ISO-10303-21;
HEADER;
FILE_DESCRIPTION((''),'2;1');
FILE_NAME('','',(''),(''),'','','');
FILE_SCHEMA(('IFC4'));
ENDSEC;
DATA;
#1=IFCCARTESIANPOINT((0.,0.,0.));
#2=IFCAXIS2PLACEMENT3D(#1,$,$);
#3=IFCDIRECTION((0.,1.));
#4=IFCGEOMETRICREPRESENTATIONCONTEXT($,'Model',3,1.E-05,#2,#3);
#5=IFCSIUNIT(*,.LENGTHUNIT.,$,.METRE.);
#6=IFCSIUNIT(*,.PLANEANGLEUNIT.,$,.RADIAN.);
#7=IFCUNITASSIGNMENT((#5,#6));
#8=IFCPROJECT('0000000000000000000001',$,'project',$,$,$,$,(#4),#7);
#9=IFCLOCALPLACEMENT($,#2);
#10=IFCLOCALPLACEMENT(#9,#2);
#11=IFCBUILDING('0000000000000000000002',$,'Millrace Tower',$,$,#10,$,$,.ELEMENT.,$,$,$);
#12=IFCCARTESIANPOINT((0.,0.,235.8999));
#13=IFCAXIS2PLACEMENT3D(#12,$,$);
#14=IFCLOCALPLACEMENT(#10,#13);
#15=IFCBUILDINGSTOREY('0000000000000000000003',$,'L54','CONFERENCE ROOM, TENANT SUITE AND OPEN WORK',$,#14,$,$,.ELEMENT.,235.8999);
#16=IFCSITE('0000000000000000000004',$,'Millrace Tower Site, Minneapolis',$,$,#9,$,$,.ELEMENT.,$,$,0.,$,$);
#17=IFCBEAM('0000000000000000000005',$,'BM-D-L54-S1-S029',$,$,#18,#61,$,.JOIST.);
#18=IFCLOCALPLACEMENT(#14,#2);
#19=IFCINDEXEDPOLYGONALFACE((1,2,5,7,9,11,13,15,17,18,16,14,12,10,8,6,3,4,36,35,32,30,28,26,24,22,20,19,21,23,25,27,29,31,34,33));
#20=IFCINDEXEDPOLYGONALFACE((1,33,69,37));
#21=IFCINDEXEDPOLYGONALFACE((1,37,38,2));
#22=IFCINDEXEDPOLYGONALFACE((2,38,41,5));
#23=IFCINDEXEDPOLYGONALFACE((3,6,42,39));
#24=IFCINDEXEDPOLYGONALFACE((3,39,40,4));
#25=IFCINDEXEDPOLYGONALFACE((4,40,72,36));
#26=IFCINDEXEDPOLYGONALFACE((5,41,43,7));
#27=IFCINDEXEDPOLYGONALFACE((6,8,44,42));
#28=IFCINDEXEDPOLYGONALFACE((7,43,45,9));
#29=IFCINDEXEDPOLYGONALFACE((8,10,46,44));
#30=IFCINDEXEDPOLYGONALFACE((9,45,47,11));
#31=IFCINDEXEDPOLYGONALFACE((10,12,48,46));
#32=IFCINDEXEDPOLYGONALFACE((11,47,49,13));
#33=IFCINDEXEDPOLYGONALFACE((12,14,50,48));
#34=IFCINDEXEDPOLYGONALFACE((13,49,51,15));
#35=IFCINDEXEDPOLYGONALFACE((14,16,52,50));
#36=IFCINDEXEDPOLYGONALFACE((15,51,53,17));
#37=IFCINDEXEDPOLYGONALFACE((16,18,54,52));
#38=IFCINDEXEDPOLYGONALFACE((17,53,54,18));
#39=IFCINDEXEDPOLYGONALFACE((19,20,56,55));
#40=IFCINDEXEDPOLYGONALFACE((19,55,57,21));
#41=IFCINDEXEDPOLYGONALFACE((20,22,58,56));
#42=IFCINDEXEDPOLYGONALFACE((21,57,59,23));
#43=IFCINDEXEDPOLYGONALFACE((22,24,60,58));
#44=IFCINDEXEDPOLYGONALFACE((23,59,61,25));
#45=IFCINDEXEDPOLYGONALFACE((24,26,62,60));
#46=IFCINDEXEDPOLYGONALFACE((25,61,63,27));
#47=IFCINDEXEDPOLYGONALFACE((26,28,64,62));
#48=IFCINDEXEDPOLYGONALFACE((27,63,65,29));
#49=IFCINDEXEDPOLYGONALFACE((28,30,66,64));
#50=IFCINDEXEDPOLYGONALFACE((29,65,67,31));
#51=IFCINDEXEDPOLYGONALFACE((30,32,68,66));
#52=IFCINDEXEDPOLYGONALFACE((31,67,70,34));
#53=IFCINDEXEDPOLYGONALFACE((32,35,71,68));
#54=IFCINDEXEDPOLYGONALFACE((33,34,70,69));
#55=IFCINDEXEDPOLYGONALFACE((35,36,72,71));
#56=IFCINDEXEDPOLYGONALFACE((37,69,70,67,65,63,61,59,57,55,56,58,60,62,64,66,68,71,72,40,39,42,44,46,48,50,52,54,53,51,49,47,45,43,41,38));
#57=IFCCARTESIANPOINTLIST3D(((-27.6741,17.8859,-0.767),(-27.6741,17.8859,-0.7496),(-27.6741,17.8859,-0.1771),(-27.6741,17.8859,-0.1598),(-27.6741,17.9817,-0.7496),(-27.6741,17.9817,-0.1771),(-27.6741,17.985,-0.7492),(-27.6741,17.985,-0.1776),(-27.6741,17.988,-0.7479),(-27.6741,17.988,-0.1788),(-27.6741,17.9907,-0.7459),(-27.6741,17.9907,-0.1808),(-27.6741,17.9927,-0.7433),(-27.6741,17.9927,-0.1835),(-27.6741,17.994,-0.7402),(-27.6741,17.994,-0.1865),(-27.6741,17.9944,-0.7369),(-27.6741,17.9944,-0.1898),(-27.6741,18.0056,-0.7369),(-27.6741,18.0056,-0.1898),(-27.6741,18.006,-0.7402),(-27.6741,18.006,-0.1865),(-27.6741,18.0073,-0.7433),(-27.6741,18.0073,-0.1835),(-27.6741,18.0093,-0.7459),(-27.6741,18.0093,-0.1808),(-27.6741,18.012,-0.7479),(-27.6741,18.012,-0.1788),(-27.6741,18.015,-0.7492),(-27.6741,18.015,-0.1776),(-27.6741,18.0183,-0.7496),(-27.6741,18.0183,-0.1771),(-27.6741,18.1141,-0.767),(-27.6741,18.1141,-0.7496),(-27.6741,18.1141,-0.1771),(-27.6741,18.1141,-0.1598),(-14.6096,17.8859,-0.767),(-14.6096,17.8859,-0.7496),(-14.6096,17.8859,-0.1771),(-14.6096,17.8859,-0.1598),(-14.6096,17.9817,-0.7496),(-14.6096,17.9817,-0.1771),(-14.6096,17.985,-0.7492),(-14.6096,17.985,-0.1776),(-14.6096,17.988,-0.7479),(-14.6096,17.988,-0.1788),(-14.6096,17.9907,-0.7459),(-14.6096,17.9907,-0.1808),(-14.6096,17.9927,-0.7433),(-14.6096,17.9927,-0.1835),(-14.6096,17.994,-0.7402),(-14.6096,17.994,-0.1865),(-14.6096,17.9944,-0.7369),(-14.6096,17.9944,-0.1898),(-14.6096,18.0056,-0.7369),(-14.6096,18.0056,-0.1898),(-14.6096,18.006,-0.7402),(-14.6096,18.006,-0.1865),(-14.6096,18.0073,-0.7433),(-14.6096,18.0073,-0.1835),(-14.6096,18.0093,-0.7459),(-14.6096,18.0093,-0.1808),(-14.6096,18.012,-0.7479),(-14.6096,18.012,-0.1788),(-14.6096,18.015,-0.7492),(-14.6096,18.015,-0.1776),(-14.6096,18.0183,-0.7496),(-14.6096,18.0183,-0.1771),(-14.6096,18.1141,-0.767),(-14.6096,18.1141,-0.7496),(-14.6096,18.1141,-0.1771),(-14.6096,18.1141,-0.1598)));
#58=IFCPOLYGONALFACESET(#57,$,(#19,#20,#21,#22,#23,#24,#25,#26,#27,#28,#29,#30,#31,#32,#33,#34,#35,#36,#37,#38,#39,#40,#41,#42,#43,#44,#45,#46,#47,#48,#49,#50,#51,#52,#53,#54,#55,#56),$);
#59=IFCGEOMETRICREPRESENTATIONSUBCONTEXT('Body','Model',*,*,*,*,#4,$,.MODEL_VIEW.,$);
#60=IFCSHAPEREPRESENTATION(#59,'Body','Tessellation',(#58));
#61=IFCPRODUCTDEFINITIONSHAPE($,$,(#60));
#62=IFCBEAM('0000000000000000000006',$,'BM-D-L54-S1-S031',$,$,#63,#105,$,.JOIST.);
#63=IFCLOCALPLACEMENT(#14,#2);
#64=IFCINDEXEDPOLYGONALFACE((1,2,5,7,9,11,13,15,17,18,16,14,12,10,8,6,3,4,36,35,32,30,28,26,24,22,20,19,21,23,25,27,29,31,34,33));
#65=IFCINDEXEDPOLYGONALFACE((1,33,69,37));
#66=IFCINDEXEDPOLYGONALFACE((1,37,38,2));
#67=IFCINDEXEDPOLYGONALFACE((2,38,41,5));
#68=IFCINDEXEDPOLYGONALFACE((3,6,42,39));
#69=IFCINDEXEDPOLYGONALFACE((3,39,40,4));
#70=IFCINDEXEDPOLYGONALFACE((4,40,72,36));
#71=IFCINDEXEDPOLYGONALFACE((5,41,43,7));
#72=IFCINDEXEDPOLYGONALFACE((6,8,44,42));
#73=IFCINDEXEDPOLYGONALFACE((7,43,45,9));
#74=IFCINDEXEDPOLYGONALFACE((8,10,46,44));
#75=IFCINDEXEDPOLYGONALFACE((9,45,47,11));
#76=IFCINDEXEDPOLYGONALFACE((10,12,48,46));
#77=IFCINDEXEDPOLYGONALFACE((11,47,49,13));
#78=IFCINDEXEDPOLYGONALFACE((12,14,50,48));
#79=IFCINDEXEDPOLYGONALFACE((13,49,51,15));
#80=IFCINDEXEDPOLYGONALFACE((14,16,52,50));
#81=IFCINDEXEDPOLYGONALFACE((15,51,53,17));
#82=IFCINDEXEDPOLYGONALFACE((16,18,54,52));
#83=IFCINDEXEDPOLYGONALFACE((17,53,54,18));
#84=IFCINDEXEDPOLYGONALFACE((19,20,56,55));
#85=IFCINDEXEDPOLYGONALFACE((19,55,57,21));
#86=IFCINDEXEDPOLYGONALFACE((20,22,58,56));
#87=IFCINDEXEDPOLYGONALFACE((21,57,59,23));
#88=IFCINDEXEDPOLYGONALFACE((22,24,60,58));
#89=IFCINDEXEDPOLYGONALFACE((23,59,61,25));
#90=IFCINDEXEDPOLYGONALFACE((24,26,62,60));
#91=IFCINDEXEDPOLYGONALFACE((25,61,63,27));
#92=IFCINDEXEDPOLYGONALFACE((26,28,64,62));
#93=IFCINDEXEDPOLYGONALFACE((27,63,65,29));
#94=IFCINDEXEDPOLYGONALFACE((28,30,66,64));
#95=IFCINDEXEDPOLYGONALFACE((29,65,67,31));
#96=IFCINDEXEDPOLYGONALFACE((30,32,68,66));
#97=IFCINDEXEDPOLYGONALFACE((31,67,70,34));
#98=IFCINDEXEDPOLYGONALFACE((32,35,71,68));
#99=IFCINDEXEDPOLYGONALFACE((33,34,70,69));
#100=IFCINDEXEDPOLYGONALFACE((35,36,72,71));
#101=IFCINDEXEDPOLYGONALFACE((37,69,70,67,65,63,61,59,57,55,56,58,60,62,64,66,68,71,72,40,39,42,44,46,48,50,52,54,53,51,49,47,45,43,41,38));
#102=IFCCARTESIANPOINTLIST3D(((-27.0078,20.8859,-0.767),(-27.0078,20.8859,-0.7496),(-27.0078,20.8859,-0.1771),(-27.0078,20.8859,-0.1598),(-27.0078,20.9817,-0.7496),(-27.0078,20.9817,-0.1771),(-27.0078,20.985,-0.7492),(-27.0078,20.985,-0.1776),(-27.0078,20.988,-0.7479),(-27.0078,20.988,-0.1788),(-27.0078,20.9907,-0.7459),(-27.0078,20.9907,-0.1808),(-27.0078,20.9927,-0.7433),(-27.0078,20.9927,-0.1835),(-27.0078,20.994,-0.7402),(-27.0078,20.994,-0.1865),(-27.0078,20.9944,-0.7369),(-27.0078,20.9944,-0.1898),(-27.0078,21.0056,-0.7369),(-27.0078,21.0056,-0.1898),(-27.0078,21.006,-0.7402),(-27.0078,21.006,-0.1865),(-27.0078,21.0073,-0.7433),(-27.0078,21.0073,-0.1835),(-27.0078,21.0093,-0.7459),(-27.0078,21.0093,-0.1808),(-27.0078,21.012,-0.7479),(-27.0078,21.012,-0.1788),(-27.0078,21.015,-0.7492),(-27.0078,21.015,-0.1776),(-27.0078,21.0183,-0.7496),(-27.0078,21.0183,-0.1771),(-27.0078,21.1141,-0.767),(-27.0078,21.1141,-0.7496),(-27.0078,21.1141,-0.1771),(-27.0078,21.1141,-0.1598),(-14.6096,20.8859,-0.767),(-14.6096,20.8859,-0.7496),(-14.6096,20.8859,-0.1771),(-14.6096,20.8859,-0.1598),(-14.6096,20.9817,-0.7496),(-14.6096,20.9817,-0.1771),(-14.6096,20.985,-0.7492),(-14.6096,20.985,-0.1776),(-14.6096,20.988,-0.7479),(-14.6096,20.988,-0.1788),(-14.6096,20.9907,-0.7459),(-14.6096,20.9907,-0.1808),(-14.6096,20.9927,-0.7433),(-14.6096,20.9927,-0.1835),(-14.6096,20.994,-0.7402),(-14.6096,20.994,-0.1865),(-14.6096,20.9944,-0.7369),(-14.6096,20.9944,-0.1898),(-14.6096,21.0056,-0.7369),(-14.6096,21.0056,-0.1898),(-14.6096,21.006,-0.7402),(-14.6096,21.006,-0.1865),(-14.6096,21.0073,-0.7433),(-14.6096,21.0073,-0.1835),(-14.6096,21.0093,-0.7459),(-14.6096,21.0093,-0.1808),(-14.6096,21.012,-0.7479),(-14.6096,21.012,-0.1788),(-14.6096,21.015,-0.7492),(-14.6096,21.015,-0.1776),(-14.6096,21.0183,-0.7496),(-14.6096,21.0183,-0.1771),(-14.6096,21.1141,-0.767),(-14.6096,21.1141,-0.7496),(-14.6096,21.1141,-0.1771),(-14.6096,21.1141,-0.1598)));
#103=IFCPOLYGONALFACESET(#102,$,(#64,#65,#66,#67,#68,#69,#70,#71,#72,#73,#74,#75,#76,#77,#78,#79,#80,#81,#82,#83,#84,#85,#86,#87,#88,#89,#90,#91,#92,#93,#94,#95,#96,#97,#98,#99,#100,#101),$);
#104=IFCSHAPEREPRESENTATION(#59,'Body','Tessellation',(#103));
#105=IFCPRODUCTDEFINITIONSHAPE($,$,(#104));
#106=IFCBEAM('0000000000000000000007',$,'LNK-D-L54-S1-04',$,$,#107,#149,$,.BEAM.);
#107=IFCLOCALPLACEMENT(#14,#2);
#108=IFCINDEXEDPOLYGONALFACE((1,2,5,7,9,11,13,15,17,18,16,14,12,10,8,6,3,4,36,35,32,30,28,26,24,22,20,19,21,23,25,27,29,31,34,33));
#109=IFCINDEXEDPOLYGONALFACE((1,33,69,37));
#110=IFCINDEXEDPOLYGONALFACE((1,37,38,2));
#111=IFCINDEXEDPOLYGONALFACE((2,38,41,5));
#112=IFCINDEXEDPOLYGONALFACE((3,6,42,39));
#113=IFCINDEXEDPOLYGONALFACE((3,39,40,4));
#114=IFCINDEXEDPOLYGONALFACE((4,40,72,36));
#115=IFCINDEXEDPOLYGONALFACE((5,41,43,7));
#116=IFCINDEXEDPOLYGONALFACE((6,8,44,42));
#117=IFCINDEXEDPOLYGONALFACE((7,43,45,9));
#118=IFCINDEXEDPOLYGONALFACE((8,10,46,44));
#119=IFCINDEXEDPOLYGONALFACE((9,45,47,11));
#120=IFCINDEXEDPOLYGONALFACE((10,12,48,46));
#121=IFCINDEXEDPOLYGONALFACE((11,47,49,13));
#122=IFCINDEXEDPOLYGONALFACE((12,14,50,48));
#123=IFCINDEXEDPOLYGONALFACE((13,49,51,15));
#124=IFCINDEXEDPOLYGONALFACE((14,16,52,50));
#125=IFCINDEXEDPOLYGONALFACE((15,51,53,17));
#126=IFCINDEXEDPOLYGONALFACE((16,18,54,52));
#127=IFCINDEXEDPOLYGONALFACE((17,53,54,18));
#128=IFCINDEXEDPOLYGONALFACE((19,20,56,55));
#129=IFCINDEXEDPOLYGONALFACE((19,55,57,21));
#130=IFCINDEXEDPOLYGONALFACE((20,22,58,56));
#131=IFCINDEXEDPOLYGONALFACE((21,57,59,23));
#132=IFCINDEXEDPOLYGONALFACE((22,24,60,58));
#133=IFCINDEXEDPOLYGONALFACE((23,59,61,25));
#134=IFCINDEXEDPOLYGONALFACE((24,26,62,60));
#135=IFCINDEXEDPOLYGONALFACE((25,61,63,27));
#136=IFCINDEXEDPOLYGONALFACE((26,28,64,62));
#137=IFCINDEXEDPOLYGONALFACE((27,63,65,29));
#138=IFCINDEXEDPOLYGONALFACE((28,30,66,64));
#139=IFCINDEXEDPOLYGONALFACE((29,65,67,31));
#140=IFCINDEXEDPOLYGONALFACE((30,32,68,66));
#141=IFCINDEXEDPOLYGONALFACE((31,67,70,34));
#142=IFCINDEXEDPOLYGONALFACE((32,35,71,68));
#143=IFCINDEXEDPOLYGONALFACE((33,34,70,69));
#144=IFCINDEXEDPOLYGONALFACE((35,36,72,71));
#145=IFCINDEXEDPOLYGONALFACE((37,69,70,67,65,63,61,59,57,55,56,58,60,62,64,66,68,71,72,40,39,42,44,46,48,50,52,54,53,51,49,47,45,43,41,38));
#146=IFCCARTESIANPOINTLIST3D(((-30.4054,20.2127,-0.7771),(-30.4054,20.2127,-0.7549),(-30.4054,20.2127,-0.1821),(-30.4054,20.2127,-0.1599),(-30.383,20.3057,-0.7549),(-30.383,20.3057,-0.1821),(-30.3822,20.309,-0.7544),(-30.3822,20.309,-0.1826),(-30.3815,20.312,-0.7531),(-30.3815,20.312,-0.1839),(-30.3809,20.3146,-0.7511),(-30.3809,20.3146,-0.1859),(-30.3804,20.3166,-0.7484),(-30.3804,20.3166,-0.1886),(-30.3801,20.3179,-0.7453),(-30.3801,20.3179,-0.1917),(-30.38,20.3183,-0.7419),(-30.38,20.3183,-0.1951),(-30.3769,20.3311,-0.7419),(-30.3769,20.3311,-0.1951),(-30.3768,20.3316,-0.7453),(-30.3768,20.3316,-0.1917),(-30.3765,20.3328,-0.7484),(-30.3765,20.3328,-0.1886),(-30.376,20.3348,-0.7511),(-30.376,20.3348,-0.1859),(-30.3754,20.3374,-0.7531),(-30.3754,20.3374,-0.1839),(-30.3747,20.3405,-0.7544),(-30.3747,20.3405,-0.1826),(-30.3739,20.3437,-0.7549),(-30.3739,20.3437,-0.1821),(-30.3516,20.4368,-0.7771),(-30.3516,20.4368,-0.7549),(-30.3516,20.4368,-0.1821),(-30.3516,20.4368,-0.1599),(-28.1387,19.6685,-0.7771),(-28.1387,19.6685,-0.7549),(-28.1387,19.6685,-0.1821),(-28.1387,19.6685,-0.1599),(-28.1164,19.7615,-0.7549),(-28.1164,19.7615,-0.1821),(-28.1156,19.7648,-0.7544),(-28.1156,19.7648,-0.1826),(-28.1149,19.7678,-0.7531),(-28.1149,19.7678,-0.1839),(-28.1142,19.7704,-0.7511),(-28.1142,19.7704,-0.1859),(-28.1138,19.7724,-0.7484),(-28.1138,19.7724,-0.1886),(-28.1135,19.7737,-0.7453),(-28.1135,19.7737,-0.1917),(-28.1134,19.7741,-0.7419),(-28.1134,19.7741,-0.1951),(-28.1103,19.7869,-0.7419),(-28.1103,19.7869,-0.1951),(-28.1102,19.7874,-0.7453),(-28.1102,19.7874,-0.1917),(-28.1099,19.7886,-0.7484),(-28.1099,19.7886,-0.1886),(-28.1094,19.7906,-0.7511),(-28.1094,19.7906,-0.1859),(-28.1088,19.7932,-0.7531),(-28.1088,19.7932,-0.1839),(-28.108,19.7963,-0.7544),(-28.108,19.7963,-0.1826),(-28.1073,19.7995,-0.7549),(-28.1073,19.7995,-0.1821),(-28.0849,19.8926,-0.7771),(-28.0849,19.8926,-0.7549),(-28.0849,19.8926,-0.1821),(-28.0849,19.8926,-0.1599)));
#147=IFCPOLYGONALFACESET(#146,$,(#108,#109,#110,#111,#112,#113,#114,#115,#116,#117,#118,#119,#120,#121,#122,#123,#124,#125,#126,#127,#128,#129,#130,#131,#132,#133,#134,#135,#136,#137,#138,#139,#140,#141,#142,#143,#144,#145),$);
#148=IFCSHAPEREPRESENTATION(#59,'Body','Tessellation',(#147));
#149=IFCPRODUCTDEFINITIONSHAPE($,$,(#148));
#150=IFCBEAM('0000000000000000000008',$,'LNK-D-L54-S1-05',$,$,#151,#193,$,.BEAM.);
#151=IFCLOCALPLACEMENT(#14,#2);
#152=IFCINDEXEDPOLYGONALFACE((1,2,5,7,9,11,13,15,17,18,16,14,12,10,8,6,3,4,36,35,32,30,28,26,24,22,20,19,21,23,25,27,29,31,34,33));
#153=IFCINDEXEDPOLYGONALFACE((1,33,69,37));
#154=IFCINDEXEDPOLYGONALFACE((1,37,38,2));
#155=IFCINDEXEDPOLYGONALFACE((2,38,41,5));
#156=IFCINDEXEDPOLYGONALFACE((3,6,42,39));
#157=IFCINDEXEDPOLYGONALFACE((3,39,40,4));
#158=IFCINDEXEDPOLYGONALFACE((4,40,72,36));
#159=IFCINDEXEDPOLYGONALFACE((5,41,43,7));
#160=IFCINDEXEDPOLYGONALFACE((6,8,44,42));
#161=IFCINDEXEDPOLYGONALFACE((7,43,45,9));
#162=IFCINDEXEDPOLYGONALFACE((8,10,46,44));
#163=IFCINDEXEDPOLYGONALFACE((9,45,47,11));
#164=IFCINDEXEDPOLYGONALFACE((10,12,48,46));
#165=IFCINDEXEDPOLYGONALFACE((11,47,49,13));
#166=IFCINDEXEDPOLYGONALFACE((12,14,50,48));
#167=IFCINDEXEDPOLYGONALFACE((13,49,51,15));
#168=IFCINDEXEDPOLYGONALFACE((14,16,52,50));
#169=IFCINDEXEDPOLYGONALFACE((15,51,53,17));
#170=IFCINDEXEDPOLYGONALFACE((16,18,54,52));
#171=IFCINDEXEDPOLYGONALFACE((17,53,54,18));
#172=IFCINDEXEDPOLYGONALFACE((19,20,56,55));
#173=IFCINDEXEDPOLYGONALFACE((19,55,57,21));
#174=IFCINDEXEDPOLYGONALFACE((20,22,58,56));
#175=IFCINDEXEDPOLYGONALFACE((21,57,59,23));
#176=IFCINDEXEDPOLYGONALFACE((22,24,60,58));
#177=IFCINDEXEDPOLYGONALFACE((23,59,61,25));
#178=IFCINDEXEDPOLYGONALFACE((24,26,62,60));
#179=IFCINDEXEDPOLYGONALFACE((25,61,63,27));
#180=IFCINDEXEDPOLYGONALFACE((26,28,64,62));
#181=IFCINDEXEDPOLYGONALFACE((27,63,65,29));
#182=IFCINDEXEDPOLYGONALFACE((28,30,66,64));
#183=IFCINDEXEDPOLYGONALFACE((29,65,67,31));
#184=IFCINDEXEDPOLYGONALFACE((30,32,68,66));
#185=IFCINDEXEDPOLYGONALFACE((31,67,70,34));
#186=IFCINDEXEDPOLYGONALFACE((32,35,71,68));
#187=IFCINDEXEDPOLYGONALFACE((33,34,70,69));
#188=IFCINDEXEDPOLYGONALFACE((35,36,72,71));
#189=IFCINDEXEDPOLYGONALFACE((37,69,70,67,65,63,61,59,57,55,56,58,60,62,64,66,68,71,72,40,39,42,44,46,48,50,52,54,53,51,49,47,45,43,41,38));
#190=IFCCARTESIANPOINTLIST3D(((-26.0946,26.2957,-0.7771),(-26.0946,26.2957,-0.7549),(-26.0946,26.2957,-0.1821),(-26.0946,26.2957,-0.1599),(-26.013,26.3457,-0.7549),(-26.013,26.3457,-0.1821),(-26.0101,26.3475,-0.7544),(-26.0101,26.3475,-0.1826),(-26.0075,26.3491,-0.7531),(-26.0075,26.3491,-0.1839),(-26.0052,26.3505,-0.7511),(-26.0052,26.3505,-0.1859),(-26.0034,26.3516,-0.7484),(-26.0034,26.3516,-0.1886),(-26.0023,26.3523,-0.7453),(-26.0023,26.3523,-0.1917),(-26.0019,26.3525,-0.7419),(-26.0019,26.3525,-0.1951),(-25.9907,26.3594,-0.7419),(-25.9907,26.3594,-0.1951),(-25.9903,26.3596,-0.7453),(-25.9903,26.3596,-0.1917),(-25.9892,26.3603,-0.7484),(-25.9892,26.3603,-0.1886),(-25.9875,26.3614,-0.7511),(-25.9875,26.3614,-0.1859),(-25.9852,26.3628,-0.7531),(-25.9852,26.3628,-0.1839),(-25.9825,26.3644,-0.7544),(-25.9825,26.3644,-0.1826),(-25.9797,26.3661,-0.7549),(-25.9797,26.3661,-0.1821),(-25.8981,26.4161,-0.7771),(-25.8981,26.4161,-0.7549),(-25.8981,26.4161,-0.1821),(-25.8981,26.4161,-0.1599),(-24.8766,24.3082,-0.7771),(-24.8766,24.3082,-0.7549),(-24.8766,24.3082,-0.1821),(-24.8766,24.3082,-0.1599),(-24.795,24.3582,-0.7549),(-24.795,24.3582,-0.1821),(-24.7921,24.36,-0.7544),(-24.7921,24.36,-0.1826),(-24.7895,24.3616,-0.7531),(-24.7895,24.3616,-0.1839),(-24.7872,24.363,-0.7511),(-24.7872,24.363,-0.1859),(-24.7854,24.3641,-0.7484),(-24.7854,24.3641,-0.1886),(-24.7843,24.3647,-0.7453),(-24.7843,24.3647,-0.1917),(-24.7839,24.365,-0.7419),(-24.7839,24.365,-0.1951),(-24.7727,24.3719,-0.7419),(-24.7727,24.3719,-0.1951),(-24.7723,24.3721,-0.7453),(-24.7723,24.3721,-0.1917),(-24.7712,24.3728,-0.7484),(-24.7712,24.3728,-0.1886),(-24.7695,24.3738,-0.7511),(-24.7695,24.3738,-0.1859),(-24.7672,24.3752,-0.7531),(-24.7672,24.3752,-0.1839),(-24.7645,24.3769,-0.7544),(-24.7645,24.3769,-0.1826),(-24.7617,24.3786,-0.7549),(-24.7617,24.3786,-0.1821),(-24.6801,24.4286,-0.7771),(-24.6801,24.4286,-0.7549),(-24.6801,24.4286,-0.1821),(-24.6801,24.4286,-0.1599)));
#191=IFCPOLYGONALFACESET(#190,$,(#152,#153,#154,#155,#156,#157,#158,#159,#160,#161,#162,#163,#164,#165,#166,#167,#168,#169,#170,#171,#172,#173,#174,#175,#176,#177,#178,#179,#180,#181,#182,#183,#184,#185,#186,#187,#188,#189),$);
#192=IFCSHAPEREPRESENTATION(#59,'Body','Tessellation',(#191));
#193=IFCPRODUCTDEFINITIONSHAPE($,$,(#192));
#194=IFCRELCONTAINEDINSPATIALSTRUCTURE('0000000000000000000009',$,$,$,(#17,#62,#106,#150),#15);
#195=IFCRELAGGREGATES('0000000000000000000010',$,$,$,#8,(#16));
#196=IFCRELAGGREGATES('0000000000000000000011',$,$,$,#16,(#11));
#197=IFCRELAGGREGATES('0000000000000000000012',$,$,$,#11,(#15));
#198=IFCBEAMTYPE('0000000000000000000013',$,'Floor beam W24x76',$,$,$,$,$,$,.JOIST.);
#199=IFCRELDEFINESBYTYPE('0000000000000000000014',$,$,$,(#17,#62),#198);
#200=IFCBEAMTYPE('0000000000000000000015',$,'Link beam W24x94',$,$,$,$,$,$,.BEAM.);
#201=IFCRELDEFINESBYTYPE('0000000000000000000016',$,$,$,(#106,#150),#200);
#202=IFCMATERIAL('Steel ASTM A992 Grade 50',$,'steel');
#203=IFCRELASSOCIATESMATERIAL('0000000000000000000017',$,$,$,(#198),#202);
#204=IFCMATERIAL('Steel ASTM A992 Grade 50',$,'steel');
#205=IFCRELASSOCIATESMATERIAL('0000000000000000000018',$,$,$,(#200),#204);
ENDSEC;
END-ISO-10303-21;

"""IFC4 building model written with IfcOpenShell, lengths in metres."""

from ifc_helpers import new_model, si_unit, direction, frame, origin, origin_2d, place, context, subcontext, project, spatial, i_section, extrude, material, material_profile, profile_set, type_object, element, save


model = new_model("IFC4")

# Units and contexts
model_context = context("Model", 3, precision=1e-05, world=origin(), true_north=direction((0.0, 1.0)))
body_context = subcontext(model_context, "Body", "Model", "MODEL_VIEW")
ifc_project = project(units=[si_unit("LENGTHUNIT", "METRE"), si_unit("PLANEANGLEUNIT", "RADIAN")], contexts=[model_context])

# Site, building, storey
site_placement = place(None, origin())
site = spatial("IfcSite", under=ifc_project, at=site_placement, Name="Millrace Tower Site, Minneapolis", CompositionType="ELEMENT", RefElevation=0.0)
building_placement = place(site_placement, origin())
building = spatial("IfcBuilding", under=site, at=building_placement, Name="Millrace Tower", CompositionType="ELEMENT")
storey_placement = place(building_placement, frame((0.0, 0.0, 235.8999)))
storey = spatial("IfcBuildingStorey", under=building, at=storey_placement, Name="L54", Description="CONFERENCE ROOM, TENANT SUITE AND OPEN WORK", CompositionType="ELEMENT", Elevation=235.8999)

# Beams
ifc_material_1 = material(Name="Steel ASTM A992 Grade 50", Category="steel")
ifc_material_profile_1 = material_profile(ifc_material_1, i_section(OverallWidth=0.2283, OverallDepth=0.6072, WebThickness=0.0112, FlangeThickness=0.0173, FilletRadius=0.0127, at=origin_2d()))
ifc_profile_set_1 = profile_set([ifc_material_profile_1], Name="Steel ASTM A992 Grade 50")
beam_type_1 = type_object("IfcBeamType", Name="Floor beam W24x76", PredefinedType="JOIST", material=ifc_profile_set_1)
beam_1_placement = place(storey_placement, frame((-27.6741, 18.0, -0.4634), z_axis=(1.0, 0.0, 0.0), x_axis=(0.0, 1.0, 0.0)))
element("IfcBeam", 1, at=beam_1_placement, inside=storey, type_object=beam_type_1, Name="BM-D-L54-S1-S029", PredefinedType="JOIST", context=body_context, shape_type="SweptSolid", body=[
    extrude(i_section(OverallWidth=0.2283, OverallDepth=0.6072, WebThickness=0.0112, FlangeThickness=0.0173, FilletRadius=0.0127, at=origin_2d()), origin(), (0.0, 0.0, 1.0), 13.0645),
])
beam_2_placement = place(storey_placement, frame((-27.0078, 21.0, -0.4634), z_axis=(1.0, 0.0, 0.0), x_axis=(0.0, 1.0, 0.0)))
element("IfcBeam", 2, at=beam_2_placement, inside=storey, type_object=beam_type_1, Name="BM-D-L54-S1-S031", PredefinedType="JOIST", context=body_context, shape_type="SweptSolid", body=[
    extrude(i_section(OverallWidth=0.2283, OverallDepth=0.6072, WebThickness=0.0112, FlangeThickness=0.0173, FilletRadius=0.0127, at=origin_2d()), origin(), (0.0, 0.0, 1.0), 12.3982),
])
ifc_material_2 = material(Name="Steel ASTM A992 Grade 50", Category="steel")
ifc_material_profile_2 = material_profile(ifc_material_2, i_section(OverallWidth=0.2305, OverallDepth=0.6172, WebThickness=0.0132, FlangeThickness=0.0222, FilletRadius=0.0129, at=origin_2d()))
ifc_profile_set_2 = profile_set([ifc_material_profile_2], Name="Steel ASTM A992 Grade 50")
beam_type_2 = type_object("IfcBeamType", Name="Link beam W24x94", PredefinedType="BEAM", material=ifc_profile_set_2)
for number, where, z_axis, x_axis, name in (
    (3, (-28.1118, 19.7805, -0.4685), (-0.972367, 0.233456, 0.0), (-0.233456, -0.972367, 0.0), "LNK-D-L54-S1-04"),
    (4, (-24.7783, 24.3684, -0.4685), (-0.522513, 0.852631, 0.0), (-0.852631, -0.522513, 0.0), "LNK-D-L54-S1-05"),
):
    element("IfcBeam", number, at=place(storey_placement, frame(where, z_axis=z_axis, x_axis=x_axis)), inside=storey, type_object=beam_type_2, Name=name, PredefinedType="BEAM", context=body_context, shape_type="SweptSolid", body=[
        extrude(i_section(OverallWidth=0.2305, OverallDepth=0.6172, WebThickness=0.0132, FlangeThickness=0.0222, FilletRadius=0.0129, at=origin_2d()), origin(), (0.0, 0.0, 1.0), 2.3311),
    ])

save(model, "model.ifc")
